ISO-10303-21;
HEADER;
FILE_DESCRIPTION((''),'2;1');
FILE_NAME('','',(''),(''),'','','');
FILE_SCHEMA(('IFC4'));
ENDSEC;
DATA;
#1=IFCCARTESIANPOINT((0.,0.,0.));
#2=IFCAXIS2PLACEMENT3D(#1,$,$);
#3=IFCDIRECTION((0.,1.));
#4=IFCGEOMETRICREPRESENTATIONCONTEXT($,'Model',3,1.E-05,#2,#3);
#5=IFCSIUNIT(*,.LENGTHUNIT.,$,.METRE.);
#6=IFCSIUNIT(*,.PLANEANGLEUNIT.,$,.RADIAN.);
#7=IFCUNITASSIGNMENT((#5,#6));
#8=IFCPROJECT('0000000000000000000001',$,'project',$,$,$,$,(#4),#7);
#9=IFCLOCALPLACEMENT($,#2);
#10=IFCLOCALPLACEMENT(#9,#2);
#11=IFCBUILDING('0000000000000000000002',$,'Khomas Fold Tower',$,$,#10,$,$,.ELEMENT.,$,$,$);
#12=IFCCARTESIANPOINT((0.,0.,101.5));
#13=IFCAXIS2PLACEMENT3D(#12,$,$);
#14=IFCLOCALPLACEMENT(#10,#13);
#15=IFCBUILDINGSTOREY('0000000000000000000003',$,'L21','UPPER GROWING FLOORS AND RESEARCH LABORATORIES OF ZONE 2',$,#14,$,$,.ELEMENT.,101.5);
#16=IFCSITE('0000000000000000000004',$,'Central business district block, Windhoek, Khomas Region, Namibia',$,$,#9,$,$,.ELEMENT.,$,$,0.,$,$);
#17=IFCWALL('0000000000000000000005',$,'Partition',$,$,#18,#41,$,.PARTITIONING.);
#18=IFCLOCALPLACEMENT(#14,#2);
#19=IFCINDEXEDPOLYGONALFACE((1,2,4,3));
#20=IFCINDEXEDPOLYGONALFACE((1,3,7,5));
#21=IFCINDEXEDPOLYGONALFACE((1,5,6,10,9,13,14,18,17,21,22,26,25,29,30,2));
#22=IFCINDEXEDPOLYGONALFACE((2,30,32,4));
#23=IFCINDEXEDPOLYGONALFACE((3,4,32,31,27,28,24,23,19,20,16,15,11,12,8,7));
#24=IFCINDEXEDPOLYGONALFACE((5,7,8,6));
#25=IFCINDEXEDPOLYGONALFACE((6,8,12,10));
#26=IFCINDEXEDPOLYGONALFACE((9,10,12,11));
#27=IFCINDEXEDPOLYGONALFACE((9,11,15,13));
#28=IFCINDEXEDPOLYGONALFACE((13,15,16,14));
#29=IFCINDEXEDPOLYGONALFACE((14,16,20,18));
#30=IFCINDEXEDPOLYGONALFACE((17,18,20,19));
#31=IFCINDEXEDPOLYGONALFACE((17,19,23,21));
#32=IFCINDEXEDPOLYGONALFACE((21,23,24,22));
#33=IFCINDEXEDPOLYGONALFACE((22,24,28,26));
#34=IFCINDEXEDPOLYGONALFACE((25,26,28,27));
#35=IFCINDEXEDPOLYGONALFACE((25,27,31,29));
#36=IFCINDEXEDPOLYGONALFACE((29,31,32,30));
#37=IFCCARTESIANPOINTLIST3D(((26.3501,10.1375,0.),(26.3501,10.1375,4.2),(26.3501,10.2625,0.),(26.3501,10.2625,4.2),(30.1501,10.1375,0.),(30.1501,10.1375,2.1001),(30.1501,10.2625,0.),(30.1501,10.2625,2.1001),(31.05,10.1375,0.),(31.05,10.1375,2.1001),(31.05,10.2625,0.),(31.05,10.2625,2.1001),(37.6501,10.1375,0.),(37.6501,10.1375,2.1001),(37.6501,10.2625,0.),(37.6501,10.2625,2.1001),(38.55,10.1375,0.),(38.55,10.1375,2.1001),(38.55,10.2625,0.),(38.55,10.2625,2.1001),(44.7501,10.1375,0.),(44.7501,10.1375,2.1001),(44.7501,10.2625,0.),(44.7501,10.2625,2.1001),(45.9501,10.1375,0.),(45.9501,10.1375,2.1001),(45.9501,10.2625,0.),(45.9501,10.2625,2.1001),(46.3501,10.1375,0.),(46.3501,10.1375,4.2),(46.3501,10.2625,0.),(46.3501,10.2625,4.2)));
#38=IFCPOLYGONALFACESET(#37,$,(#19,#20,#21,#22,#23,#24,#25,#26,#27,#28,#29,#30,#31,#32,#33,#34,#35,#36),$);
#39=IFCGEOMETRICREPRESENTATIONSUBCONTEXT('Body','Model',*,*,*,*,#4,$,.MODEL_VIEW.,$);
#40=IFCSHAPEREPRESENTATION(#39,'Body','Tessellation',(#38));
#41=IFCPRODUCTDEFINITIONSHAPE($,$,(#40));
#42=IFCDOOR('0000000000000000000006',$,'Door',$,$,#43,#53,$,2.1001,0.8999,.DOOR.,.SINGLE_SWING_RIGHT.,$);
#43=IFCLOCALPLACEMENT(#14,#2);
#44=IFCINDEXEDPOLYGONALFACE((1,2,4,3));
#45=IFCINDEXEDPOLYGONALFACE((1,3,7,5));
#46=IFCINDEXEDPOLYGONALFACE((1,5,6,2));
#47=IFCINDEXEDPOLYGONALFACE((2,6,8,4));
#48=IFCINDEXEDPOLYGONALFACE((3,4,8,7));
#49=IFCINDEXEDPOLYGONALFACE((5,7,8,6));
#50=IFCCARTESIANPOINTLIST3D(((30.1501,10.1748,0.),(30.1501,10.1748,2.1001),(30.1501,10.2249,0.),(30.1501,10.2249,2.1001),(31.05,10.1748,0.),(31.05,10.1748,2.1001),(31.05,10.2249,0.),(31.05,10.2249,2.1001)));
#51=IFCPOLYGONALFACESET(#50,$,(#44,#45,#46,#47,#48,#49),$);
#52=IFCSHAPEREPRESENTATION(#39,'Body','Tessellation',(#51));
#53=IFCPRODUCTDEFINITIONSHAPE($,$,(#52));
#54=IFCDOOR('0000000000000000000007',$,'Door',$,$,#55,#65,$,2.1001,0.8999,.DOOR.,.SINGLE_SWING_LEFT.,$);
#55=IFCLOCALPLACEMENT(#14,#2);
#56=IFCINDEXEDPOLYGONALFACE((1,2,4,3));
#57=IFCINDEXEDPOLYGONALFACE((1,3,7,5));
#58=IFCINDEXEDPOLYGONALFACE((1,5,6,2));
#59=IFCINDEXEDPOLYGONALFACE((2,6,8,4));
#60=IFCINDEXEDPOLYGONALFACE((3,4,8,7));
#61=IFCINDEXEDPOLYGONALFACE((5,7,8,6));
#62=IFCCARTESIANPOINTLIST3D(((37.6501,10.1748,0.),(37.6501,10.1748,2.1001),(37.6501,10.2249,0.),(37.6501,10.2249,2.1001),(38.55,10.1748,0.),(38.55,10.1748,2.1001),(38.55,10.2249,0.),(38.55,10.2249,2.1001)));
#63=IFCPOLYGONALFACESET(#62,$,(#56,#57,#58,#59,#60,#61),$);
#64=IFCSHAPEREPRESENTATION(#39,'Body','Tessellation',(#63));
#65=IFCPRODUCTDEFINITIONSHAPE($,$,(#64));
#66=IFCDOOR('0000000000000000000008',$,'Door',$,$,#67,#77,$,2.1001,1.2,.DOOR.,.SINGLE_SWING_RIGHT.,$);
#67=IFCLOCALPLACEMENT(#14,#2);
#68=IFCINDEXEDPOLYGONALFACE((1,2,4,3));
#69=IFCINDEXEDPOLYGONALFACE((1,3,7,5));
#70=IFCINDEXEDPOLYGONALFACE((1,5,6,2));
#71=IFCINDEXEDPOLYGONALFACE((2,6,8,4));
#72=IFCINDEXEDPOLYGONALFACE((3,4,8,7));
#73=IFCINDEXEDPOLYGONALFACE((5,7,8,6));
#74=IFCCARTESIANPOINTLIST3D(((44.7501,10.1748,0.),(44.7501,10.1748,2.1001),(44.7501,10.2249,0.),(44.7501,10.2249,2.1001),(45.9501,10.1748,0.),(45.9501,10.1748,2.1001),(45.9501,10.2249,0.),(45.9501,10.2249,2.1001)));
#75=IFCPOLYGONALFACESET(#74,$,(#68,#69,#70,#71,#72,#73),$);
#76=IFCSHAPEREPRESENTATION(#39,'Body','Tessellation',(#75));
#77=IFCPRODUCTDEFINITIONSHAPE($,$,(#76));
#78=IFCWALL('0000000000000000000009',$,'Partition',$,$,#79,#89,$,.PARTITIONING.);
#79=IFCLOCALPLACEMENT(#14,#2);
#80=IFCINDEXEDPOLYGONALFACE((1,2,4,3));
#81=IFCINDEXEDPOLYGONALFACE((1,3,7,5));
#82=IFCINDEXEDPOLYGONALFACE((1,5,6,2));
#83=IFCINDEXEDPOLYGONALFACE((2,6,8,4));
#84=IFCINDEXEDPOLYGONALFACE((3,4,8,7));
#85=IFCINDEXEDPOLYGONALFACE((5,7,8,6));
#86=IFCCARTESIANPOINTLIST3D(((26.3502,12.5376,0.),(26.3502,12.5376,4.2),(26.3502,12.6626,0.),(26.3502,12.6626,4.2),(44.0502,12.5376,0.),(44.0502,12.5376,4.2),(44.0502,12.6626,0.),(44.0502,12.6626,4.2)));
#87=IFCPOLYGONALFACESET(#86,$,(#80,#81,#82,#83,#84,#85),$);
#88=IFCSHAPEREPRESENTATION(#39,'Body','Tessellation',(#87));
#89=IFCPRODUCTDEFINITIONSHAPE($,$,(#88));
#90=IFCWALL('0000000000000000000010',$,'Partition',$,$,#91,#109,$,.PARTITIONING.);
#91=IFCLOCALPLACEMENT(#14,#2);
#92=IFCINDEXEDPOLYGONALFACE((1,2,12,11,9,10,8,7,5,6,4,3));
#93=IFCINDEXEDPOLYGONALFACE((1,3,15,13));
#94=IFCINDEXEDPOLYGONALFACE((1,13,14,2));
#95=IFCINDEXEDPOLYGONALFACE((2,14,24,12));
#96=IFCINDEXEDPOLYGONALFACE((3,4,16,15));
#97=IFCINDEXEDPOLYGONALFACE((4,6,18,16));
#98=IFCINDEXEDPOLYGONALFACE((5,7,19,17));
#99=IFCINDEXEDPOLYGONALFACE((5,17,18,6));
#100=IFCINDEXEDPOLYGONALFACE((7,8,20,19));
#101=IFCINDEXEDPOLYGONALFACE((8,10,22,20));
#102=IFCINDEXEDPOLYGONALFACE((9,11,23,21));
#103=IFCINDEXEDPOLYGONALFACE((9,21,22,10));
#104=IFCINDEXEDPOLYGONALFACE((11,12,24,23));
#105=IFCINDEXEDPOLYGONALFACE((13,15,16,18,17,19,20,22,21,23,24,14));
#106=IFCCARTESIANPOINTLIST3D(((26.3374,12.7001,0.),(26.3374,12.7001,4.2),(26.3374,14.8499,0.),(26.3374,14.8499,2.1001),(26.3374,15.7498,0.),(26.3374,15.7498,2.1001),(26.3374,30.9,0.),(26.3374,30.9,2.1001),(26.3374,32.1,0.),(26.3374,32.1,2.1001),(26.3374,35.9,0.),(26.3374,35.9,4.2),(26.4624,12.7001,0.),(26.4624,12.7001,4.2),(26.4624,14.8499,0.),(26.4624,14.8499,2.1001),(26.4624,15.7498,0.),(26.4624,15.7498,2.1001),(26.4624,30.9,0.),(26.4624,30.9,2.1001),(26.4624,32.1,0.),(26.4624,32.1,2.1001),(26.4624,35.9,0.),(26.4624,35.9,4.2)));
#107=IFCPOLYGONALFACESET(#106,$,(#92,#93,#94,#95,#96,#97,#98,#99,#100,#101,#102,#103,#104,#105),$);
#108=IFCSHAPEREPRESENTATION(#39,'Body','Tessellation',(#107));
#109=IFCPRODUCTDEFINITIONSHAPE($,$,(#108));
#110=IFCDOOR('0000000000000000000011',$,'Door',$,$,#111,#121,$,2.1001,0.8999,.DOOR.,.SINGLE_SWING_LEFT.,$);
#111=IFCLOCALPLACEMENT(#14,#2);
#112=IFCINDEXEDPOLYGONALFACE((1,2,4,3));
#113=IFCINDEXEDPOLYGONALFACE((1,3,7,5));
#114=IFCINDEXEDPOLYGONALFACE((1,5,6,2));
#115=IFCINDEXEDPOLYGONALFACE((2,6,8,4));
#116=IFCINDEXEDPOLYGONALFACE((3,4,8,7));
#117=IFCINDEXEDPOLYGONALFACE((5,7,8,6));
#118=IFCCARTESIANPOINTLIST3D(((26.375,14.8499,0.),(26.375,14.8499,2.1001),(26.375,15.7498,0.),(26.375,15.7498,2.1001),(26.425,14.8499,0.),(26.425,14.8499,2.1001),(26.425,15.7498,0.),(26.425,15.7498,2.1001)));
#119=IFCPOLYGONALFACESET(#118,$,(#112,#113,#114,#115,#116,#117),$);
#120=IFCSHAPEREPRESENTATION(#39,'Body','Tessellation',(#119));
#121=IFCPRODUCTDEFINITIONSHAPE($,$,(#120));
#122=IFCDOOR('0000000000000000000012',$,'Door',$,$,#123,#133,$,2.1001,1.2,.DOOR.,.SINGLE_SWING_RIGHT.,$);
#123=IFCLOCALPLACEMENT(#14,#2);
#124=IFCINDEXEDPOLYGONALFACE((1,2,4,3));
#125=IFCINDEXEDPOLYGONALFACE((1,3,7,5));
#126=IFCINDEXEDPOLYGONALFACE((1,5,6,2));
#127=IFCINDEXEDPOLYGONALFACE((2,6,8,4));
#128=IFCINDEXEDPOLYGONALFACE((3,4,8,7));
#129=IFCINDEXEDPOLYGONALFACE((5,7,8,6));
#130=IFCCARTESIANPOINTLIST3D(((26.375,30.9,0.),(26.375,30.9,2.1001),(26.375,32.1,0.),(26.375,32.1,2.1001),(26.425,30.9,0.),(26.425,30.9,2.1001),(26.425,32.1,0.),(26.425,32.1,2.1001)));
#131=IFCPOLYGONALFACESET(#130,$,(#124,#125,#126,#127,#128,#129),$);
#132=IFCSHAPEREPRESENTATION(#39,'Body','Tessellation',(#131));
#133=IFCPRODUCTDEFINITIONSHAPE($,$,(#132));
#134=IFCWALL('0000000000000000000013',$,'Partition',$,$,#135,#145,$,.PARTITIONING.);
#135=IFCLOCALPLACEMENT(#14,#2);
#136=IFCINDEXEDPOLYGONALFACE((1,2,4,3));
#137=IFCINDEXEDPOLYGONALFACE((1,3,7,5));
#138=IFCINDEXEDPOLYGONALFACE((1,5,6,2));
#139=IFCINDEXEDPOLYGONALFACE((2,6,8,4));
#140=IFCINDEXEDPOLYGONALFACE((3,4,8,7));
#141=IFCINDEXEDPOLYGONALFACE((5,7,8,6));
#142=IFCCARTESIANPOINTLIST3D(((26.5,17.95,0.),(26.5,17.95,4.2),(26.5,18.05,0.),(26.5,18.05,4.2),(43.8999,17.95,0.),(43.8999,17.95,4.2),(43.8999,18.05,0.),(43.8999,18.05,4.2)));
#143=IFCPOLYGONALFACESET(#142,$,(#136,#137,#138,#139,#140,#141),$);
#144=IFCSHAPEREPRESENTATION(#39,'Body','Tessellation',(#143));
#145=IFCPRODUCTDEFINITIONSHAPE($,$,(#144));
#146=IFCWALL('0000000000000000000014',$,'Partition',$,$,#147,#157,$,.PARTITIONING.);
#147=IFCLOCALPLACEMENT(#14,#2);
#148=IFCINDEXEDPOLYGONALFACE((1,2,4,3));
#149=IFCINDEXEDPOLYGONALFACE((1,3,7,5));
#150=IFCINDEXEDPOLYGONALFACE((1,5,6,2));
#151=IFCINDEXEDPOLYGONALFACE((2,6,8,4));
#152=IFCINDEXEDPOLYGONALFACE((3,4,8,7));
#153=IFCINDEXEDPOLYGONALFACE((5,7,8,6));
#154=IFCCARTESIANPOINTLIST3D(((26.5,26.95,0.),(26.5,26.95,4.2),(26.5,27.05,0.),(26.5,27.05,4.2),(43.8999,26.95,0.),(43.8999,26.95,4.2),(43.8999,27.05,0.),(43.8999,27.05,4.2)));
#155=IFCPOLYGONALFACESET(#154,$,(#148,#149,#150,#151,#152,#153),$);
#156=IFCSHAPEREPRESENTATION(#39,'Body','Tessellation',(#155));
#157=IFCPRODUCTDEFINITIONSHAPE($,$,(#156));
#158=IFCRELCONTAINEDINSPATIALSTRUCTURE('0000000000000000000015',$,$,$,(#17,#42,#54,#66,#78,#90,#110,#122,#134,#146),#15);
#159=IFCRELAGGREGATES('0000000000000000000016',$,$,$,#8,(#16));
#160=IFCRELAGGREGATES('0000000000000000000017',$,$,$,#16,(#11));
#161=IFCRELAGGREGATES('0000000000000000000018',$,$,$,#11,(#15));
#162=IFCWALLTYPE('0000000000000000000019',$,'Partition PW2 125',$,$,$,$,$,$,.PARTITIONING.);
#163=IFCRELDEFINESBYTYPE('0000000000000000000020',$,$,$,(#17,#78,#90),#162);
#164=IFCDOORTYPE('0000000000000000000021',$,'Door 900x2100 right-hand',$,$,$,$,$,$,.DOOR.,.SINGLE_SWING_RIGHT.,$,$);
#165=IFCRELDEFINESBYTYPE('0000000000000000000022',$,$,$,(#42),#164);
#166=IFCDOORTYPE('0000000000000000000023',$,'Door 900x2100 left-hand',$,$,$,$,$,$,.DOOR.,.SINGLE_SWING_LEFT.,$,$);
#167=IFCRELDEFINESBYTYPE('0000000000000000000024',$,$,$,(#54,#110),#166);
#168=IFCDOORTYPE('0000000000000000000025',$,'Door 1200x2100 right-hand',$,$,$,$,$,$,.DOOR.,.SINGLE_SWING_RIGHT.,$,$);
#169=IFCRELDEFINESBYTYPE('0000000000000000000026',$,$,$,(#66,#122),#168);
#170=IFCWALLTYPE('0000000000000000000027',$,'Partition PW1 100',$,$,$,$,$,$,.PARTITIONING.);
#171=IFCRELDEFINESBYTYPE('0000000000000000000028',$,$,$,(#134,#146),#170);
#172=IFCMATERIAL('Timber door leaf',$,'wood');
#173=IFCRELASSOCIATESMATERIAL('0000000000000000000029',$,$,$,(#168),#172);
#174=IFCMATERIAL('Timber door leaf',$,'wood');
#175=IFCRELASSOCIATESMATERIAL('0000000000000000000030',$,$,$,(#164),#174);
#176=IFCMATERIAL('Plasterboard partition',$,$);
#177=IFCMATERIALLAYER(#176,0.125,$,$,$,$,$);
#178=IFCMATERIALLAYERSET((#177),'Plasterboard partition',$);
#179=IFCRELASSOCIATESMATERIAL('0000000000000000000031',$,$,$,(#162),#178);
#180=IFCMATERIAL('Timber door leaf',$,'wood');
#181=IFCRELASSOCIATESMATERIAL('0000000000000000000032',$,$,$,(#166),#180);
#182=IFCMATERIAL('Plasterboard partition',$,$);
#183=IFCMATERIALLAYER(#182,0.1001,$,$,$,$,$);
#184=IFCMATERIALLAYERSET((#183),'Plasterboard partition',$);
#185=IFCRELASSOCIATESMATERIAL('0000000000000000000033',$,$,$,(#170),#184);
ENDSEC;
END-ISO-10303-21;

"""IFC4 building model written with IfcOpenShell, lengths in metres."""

from ifc_helpers import new_model, si_unit, direction, frame, frame_2d, origin, place, context, subcontext, project, spatial, rectangle, extrude, source, transform, mapped, material, layer, layer_set, type_object, element, fill, save


model = new_model("IFC4")

# Units and contexts
model_context = context("Model", 3, precision=1e-05, world=origin(), true_north=direction((0.0, 1.0)))
body_context = subcontext(model_context, "Body", "Model", "MODEL_VIEW")
ifc_project = project(units=[si_unit("LENGTHUNIT", "METRE"), si_unit("PLANEANGLEUNIT", "RADIAN")], contexts=[model_context])

# Site, building, storey
site_placement = place(None, origin())
site = spatial("IfcSite", under=ifc_project, at=site_placement, Name="Central business district block, Windhoek, Khomas Region, Namibia", CompositionType="ELEMENT", RefElevation=0.0)
building_placement = place(site_placement, origin())
building = spatial("IfcBuilding", under=site, at=building_placement, Name="Khomas Fold Tower", CompositionType="ELEMENT")
storey_placement = place(building_placement, frame((0.0, 0.0, 101.5)))
storey = spatial("IfcBuildingStorey", under=building, at=storey_placement, Name="L21", Description="UPPER GROWING FLOORS AND RESEARCH LABORATORIES OF ZONE 2", CompositionType="ELEMENT", Elevation=101.5)

# Shared definitions
ifc_material_1 = material(Name="Timber door leaf", Category="wood")
door_type_1 = type_object("IfcDoorType", Name="Door 1200x2100 right-hand", OperationType="SINGLE_SWING_RIGHT", PredefinedType="DOOR", material=ifc_material_1)
ifc_material_2 = material(Name="Timber door leaf", Category="wood")
door_type_2 = type_object("IfcDoorType", Name="Door 900x2100 right-hand", OperationType="SINGLE_SWING_RIGHT", PredefinedType="DOOR", material=ifc_material_2)

# Shared definitions
ifc_material_3 = material(Name="Plasterboard partition")
ifc_layer_1 = layer(ifc_material_3, 0.125)
ifc_layer_set_1 = layer_set([ifc_layer_1], Name="Plasterboard partition")
wall_type_1 = type_object("IfcWallType", Name="Partition PW2 125", PredefinedType="PARTITIONING", material=ifc_layer_set_1)

# Wall, openings, doors
shared_shape_1 = source(origin(), body_context, "Body", "SweptSolid", [
    extrude(rectangle(XDim=20.0, YDim=0.125, at=frame_2d((10.0, 0.0))), origin(), (0.0, 0.0, 1.0), 4.2),
])
wall_1_placement = place(storey_placement, frame((26.3501, 10.2, 0.0), z_axis=(0.0, 0.0, 1.0), x_axis=(1.0, 0.0, 0.0)))
wall_1 = element("IfcWall", 1, at=wall_1_placement, inside=storey, type_object=wall_type_1, Name="Partition", PredefinedType="PARTITIONING", context=body_context, shape_type="MappedRepresentation", body=[
    mapped(shared_shape_1, transform((0.0, 0.0, 0.0))),
])
shared_shape_2 = source(origin(), body_context, "Body", "SweptSolid", [
    extrude(rectangle(XDim=0.8999, YDim=2.1001, at=frame_2d((0.45, 1.05))), frame((0.0, 0.0725, 0.0), z_axis=(0.0, -1.0, 0.0), x_axis=(1.0, 0.0, 0.0)), (0.0, 0.0, 1.0), 0.145),
])
opening_1_placement = place(wall_1_placement, frame((3.8, 0.0, 0.0)))
opening_1 = element("IfcOpeningElement", 2, at=opening_1_placement, cuts=wall_1, PredefinedType="OPENING", context=body_context, shape_type="MappedRepresentation", body=[
    mapped(shared_shape_2, transform((0.0, 0.0, 0.0))),
])
opening_2_placement = place(wall_1_placement, frame((11.3, 0.0, 0.0)))
opening_2 = element("IfcOpeningElement", 3, at=opening_2_placement, cuts=wall_1, PredefinedType="OPENING", context=body_context, shape_type="MappedRepresentation", body=[
    mapped(shared_shape_2, transform((0.0, 0.0, 0.0))),
])
shared_shape_3 = source(origin(), body_context, "Body", "SweptSolid", [
    extrude(rectangle(XDim=1.2, YDim=2.1001, at=frame_2d((0.6001, 1.05))), frame((0.0, 0.0725, 0.0), z_axis=(0.0, -1.0, 0.0), x_axis=(1.0, 0.0, 0.0)), (0.0, 0.0, 1.0), 0.145),
])
opening_3_placement = place(wall_1_placement, frame((18.3999, 0.0, 0.0)))
opening_3 = element("IfcOpeningElement", 4, at=opening_3_placement, cuts=wall_1, PredefinedType="OPENING", context=body_context, shape_type="MappedRepresentation", body=[
    mapped(shared_shape_3, transform((0.0, 0.0, 0.0))),
])
shared_shape_4 = source(origin(), body_context, "Body", "SweptSolid", [
    extrude(rectangle(XDim=0.8999, YDim=2.1001, at=frame_2d((0.45, 1.05))), frame((0.0, 0.0249, 0.0), z_axis=(0.0, -1.0, 0.0), x_axis=(1.0, 0.0, 0.0)), (0.0, 0.0, 1.0), 0.05),
])
door_1_placement = place(opening_1_placement, origin())
door_1 = element("IfcDoor", 5, at=door_1_placement, inside=storey, type_object=door_type_2, Name="Door", OperationType="SINGLE_SWING_RIGHT", OverallHeight=2.1001, OverallWidth=0.8999, PredefinedType="DOOR", context=body_context, shape_type="MappedRepresentation", body=[
    mapped(shared_shape_4, transform((0.0, 0.0, 0.0))),
])
fill(opening_1, door_1)
ifc_material_4 = material(Name="Timber door leaf", Category="wood")
door_type_3 = type_object("IfcDoorType", Name="Door 900x2100 left-hand", OperationType="SINGLE_SWING_LEFT", PredefinedType="DOOR", material=ifc_material_4)
door_2_placement = place(opening_2_placement, origin())
door_2 = element("IfcDoor", 6, at=door_2_placement, inside=storey, type_object=door_type_3, Name="Door", OperationType="SINGLE_SWING_LEFT", OverallHeight=2.1001, OverallWidth=0.8999, PredefinedType="DOOR", context=body_context, shape_type="MappedRepresentation", body=[
    mapped(shared_shape_4, transform((0.0, 0.0, 0.0))),
])
fill(opening_2, door_2)
shared_shape_5 = source(origin(), body_context, "Body", "SweptSolid", [
    extrude(rectangle(XDim=1.2, YDim=2.1001, at=frame_2d((0.6001, 1.05))), frame((0.0, 0.0249, 0.0), z_axis=(0.0, -1.0, 0.0), x_axis=(1.0, 0.0, 0.0)), (0.0, 0.0, 1.0), 0.05),
])
door_3_placement = place(opening_3_placement, origin())
door_3 = element("IfcDoor", 7, at=door_3_placement, inside=storey, type_object=door_type_1, Name="Door", OperationType="SINGLE_SWING_RIGHT", OverallHeight=2.1001, OverallWidth=1.2, PredefinedType="DOOR", context=body_context, shape_type="MappedRepresentation", body=[
    mapped(shared_shape_5, transform((0.0, 0.0, 0.0))),
])
fill(opening_3, door_3)

# Wall
shared_shape_6 = source(origin(), body_context, "Body", "SweptSolid", [
    extrude(rectangle(XDim=17.7, YDim=0.125, at=frame_2d((8.8501, 0.0))), origin(), (0.0, 0.0, 1.0), 4.2),
])
wall_2_placement = place(storey_placement, frame((26.3501, 12.6001, 0.0), z_axis=(0.0, 0.0, 1.0), x_axis=(1.0, 0.0, 0.0)))
element("IfcWall", 8, at=wall_2_placement, inside=storey, type_object=wall_type_1, Name="Partition", PredefinedType="PARTITIONING", context=body_context, shape_type="MappedRepresentation", body=[
    mapped(shared_shape_6, transform((0.0, 0.0, 0.0))),
])

# Wall, openings, doors
shared_shape_7 = source(origin(), body_context, "Body", "SweptSolid", [
    extrude(rectangle(XDim=23.2, YDim=0.125, at=frame_2d((11.6001, 0.0))), origin(), (0.0, 0.0, 1.0), 4.2),
])
wall_3_placement = place(storey_placement, frame((26.3999, 12.7, 0.0), z_axis=(0.0, 0.0, 1.0), x_axis=(0.0, 1.0, 0.0)))
wall_3 = element("IfcWall", 9, at=wall_3_placement, inside=storey, type_object=wall_type_1, Name="Partition", PredefinedType="PARTITIONING", context=body_context, shape_type="MappedRepresentation", body=[
    mapped(shared_shape_7, transform((0.0, 0.0, 0.0))),
])
opening_4_placement = place(wall_3_placement, frame((2.1499, 0.0, 0.0)))
opening_4 = element("IfcOpeningElement", 10, at=opening_4_placement, cuts=wall_3, PredefinedType="OPENING", context=body_context, shape_type="MappedRepresentation", body=[
    mapped(shared_shape_2, transform((0.0, 0.0, 0.0))),
])
opening_5_placement = place(wall_3_placement, frame((18.2, 0.0, 0.0)))
opening_5 = element("IfcOpeningElement", 11, at=opening_5_placement, cuts=wall_3, PredefinedType="OPENING", context=body_context, shape_type="MappedRepresentation", body=[
    mapped(shared_shape_3, transform((0.0, 0.0, 0.0))),
])
door_4_placement = place(opening_4_placement, origin())
door_4 = element("IfcDoor", 12, at=door_4_placement, inside=storey, type_object=door_type_3, Name="Door", OperationType="SINGLE_SWING_LEFT", OverallHeight=2.1001, OverallWidth=0.8999, PredefinedType="DOOR", context=body_context, shape_type="MappedRepresentation", body=[
    mapped(shared_shape_4, transform((0.0, 0.0, 0.0))),
])
fill(opening_4, door_4)
door_5_placement = place(opening_5_placement, origin())
door_5 = element("IfcDoor", 13, at=door_5_placement, inside=storey, type_object=door_type_1, Name="Door", OperationType="SINGLE_SWING_RIGHT", OverallHeight=2.1001, OverallWidth=1.2, PredefinedType="DOOR", context=body_context, shape_type="MappedRepresentation", body=[
    mapped(shared_shape_5, transform((0.0, 0.0, 0.0))),
])
fill(opening_5, door_5)

# Walls
ifc_material_5 = material(Name="Plasterboard partition")
ifc_layer_2 = layer(ifc_material_5, 0.1001)
ifc_layer_set_2 = layer_set([ifc_layer_2], Name="Plasterboard partition")
wall_type_2 = type_object("IfcWallType", Name="Partition PW1 100", PredefinedType="PARTITIONING", material=ifc_layer_set_2)
shared_shape_8 = source(origin(), body_context, "Body", "SweptSolid", [
    extrude(rectangle(XDim=17.3999, YDim=0.1001, at=frame_2d((8.7, 0.0))), origin(), (0.0, 0.0, 1.0), 4.2),
])
for number, where, z_axis, x_axis, name in (
    (14, (26.5, 18.0, 0.0), (0.0, 0.0, 1.0), (1.0, 0.0, 0.0), "Partition"),
    (15, (26.5, 27.0, 0.0), (0.0, 0.0, 1.0), (1.0, 0.0, 0.0), "Partition"),
):
    element("IfcWall", number, at=place(storey_placement, frame(where, z_axis=z_axis, x_axis=x_axis)), inside=storey, type_object=wall_type_2, Name=name, PredefinedType="PARTITIONING", context=body_context, shape_type="MappedRepresentation", body=[
        mapped(shared_shape_8, transform((0.0, 0.0, 0.0))),
    ])

save(model, "model.ifc")
